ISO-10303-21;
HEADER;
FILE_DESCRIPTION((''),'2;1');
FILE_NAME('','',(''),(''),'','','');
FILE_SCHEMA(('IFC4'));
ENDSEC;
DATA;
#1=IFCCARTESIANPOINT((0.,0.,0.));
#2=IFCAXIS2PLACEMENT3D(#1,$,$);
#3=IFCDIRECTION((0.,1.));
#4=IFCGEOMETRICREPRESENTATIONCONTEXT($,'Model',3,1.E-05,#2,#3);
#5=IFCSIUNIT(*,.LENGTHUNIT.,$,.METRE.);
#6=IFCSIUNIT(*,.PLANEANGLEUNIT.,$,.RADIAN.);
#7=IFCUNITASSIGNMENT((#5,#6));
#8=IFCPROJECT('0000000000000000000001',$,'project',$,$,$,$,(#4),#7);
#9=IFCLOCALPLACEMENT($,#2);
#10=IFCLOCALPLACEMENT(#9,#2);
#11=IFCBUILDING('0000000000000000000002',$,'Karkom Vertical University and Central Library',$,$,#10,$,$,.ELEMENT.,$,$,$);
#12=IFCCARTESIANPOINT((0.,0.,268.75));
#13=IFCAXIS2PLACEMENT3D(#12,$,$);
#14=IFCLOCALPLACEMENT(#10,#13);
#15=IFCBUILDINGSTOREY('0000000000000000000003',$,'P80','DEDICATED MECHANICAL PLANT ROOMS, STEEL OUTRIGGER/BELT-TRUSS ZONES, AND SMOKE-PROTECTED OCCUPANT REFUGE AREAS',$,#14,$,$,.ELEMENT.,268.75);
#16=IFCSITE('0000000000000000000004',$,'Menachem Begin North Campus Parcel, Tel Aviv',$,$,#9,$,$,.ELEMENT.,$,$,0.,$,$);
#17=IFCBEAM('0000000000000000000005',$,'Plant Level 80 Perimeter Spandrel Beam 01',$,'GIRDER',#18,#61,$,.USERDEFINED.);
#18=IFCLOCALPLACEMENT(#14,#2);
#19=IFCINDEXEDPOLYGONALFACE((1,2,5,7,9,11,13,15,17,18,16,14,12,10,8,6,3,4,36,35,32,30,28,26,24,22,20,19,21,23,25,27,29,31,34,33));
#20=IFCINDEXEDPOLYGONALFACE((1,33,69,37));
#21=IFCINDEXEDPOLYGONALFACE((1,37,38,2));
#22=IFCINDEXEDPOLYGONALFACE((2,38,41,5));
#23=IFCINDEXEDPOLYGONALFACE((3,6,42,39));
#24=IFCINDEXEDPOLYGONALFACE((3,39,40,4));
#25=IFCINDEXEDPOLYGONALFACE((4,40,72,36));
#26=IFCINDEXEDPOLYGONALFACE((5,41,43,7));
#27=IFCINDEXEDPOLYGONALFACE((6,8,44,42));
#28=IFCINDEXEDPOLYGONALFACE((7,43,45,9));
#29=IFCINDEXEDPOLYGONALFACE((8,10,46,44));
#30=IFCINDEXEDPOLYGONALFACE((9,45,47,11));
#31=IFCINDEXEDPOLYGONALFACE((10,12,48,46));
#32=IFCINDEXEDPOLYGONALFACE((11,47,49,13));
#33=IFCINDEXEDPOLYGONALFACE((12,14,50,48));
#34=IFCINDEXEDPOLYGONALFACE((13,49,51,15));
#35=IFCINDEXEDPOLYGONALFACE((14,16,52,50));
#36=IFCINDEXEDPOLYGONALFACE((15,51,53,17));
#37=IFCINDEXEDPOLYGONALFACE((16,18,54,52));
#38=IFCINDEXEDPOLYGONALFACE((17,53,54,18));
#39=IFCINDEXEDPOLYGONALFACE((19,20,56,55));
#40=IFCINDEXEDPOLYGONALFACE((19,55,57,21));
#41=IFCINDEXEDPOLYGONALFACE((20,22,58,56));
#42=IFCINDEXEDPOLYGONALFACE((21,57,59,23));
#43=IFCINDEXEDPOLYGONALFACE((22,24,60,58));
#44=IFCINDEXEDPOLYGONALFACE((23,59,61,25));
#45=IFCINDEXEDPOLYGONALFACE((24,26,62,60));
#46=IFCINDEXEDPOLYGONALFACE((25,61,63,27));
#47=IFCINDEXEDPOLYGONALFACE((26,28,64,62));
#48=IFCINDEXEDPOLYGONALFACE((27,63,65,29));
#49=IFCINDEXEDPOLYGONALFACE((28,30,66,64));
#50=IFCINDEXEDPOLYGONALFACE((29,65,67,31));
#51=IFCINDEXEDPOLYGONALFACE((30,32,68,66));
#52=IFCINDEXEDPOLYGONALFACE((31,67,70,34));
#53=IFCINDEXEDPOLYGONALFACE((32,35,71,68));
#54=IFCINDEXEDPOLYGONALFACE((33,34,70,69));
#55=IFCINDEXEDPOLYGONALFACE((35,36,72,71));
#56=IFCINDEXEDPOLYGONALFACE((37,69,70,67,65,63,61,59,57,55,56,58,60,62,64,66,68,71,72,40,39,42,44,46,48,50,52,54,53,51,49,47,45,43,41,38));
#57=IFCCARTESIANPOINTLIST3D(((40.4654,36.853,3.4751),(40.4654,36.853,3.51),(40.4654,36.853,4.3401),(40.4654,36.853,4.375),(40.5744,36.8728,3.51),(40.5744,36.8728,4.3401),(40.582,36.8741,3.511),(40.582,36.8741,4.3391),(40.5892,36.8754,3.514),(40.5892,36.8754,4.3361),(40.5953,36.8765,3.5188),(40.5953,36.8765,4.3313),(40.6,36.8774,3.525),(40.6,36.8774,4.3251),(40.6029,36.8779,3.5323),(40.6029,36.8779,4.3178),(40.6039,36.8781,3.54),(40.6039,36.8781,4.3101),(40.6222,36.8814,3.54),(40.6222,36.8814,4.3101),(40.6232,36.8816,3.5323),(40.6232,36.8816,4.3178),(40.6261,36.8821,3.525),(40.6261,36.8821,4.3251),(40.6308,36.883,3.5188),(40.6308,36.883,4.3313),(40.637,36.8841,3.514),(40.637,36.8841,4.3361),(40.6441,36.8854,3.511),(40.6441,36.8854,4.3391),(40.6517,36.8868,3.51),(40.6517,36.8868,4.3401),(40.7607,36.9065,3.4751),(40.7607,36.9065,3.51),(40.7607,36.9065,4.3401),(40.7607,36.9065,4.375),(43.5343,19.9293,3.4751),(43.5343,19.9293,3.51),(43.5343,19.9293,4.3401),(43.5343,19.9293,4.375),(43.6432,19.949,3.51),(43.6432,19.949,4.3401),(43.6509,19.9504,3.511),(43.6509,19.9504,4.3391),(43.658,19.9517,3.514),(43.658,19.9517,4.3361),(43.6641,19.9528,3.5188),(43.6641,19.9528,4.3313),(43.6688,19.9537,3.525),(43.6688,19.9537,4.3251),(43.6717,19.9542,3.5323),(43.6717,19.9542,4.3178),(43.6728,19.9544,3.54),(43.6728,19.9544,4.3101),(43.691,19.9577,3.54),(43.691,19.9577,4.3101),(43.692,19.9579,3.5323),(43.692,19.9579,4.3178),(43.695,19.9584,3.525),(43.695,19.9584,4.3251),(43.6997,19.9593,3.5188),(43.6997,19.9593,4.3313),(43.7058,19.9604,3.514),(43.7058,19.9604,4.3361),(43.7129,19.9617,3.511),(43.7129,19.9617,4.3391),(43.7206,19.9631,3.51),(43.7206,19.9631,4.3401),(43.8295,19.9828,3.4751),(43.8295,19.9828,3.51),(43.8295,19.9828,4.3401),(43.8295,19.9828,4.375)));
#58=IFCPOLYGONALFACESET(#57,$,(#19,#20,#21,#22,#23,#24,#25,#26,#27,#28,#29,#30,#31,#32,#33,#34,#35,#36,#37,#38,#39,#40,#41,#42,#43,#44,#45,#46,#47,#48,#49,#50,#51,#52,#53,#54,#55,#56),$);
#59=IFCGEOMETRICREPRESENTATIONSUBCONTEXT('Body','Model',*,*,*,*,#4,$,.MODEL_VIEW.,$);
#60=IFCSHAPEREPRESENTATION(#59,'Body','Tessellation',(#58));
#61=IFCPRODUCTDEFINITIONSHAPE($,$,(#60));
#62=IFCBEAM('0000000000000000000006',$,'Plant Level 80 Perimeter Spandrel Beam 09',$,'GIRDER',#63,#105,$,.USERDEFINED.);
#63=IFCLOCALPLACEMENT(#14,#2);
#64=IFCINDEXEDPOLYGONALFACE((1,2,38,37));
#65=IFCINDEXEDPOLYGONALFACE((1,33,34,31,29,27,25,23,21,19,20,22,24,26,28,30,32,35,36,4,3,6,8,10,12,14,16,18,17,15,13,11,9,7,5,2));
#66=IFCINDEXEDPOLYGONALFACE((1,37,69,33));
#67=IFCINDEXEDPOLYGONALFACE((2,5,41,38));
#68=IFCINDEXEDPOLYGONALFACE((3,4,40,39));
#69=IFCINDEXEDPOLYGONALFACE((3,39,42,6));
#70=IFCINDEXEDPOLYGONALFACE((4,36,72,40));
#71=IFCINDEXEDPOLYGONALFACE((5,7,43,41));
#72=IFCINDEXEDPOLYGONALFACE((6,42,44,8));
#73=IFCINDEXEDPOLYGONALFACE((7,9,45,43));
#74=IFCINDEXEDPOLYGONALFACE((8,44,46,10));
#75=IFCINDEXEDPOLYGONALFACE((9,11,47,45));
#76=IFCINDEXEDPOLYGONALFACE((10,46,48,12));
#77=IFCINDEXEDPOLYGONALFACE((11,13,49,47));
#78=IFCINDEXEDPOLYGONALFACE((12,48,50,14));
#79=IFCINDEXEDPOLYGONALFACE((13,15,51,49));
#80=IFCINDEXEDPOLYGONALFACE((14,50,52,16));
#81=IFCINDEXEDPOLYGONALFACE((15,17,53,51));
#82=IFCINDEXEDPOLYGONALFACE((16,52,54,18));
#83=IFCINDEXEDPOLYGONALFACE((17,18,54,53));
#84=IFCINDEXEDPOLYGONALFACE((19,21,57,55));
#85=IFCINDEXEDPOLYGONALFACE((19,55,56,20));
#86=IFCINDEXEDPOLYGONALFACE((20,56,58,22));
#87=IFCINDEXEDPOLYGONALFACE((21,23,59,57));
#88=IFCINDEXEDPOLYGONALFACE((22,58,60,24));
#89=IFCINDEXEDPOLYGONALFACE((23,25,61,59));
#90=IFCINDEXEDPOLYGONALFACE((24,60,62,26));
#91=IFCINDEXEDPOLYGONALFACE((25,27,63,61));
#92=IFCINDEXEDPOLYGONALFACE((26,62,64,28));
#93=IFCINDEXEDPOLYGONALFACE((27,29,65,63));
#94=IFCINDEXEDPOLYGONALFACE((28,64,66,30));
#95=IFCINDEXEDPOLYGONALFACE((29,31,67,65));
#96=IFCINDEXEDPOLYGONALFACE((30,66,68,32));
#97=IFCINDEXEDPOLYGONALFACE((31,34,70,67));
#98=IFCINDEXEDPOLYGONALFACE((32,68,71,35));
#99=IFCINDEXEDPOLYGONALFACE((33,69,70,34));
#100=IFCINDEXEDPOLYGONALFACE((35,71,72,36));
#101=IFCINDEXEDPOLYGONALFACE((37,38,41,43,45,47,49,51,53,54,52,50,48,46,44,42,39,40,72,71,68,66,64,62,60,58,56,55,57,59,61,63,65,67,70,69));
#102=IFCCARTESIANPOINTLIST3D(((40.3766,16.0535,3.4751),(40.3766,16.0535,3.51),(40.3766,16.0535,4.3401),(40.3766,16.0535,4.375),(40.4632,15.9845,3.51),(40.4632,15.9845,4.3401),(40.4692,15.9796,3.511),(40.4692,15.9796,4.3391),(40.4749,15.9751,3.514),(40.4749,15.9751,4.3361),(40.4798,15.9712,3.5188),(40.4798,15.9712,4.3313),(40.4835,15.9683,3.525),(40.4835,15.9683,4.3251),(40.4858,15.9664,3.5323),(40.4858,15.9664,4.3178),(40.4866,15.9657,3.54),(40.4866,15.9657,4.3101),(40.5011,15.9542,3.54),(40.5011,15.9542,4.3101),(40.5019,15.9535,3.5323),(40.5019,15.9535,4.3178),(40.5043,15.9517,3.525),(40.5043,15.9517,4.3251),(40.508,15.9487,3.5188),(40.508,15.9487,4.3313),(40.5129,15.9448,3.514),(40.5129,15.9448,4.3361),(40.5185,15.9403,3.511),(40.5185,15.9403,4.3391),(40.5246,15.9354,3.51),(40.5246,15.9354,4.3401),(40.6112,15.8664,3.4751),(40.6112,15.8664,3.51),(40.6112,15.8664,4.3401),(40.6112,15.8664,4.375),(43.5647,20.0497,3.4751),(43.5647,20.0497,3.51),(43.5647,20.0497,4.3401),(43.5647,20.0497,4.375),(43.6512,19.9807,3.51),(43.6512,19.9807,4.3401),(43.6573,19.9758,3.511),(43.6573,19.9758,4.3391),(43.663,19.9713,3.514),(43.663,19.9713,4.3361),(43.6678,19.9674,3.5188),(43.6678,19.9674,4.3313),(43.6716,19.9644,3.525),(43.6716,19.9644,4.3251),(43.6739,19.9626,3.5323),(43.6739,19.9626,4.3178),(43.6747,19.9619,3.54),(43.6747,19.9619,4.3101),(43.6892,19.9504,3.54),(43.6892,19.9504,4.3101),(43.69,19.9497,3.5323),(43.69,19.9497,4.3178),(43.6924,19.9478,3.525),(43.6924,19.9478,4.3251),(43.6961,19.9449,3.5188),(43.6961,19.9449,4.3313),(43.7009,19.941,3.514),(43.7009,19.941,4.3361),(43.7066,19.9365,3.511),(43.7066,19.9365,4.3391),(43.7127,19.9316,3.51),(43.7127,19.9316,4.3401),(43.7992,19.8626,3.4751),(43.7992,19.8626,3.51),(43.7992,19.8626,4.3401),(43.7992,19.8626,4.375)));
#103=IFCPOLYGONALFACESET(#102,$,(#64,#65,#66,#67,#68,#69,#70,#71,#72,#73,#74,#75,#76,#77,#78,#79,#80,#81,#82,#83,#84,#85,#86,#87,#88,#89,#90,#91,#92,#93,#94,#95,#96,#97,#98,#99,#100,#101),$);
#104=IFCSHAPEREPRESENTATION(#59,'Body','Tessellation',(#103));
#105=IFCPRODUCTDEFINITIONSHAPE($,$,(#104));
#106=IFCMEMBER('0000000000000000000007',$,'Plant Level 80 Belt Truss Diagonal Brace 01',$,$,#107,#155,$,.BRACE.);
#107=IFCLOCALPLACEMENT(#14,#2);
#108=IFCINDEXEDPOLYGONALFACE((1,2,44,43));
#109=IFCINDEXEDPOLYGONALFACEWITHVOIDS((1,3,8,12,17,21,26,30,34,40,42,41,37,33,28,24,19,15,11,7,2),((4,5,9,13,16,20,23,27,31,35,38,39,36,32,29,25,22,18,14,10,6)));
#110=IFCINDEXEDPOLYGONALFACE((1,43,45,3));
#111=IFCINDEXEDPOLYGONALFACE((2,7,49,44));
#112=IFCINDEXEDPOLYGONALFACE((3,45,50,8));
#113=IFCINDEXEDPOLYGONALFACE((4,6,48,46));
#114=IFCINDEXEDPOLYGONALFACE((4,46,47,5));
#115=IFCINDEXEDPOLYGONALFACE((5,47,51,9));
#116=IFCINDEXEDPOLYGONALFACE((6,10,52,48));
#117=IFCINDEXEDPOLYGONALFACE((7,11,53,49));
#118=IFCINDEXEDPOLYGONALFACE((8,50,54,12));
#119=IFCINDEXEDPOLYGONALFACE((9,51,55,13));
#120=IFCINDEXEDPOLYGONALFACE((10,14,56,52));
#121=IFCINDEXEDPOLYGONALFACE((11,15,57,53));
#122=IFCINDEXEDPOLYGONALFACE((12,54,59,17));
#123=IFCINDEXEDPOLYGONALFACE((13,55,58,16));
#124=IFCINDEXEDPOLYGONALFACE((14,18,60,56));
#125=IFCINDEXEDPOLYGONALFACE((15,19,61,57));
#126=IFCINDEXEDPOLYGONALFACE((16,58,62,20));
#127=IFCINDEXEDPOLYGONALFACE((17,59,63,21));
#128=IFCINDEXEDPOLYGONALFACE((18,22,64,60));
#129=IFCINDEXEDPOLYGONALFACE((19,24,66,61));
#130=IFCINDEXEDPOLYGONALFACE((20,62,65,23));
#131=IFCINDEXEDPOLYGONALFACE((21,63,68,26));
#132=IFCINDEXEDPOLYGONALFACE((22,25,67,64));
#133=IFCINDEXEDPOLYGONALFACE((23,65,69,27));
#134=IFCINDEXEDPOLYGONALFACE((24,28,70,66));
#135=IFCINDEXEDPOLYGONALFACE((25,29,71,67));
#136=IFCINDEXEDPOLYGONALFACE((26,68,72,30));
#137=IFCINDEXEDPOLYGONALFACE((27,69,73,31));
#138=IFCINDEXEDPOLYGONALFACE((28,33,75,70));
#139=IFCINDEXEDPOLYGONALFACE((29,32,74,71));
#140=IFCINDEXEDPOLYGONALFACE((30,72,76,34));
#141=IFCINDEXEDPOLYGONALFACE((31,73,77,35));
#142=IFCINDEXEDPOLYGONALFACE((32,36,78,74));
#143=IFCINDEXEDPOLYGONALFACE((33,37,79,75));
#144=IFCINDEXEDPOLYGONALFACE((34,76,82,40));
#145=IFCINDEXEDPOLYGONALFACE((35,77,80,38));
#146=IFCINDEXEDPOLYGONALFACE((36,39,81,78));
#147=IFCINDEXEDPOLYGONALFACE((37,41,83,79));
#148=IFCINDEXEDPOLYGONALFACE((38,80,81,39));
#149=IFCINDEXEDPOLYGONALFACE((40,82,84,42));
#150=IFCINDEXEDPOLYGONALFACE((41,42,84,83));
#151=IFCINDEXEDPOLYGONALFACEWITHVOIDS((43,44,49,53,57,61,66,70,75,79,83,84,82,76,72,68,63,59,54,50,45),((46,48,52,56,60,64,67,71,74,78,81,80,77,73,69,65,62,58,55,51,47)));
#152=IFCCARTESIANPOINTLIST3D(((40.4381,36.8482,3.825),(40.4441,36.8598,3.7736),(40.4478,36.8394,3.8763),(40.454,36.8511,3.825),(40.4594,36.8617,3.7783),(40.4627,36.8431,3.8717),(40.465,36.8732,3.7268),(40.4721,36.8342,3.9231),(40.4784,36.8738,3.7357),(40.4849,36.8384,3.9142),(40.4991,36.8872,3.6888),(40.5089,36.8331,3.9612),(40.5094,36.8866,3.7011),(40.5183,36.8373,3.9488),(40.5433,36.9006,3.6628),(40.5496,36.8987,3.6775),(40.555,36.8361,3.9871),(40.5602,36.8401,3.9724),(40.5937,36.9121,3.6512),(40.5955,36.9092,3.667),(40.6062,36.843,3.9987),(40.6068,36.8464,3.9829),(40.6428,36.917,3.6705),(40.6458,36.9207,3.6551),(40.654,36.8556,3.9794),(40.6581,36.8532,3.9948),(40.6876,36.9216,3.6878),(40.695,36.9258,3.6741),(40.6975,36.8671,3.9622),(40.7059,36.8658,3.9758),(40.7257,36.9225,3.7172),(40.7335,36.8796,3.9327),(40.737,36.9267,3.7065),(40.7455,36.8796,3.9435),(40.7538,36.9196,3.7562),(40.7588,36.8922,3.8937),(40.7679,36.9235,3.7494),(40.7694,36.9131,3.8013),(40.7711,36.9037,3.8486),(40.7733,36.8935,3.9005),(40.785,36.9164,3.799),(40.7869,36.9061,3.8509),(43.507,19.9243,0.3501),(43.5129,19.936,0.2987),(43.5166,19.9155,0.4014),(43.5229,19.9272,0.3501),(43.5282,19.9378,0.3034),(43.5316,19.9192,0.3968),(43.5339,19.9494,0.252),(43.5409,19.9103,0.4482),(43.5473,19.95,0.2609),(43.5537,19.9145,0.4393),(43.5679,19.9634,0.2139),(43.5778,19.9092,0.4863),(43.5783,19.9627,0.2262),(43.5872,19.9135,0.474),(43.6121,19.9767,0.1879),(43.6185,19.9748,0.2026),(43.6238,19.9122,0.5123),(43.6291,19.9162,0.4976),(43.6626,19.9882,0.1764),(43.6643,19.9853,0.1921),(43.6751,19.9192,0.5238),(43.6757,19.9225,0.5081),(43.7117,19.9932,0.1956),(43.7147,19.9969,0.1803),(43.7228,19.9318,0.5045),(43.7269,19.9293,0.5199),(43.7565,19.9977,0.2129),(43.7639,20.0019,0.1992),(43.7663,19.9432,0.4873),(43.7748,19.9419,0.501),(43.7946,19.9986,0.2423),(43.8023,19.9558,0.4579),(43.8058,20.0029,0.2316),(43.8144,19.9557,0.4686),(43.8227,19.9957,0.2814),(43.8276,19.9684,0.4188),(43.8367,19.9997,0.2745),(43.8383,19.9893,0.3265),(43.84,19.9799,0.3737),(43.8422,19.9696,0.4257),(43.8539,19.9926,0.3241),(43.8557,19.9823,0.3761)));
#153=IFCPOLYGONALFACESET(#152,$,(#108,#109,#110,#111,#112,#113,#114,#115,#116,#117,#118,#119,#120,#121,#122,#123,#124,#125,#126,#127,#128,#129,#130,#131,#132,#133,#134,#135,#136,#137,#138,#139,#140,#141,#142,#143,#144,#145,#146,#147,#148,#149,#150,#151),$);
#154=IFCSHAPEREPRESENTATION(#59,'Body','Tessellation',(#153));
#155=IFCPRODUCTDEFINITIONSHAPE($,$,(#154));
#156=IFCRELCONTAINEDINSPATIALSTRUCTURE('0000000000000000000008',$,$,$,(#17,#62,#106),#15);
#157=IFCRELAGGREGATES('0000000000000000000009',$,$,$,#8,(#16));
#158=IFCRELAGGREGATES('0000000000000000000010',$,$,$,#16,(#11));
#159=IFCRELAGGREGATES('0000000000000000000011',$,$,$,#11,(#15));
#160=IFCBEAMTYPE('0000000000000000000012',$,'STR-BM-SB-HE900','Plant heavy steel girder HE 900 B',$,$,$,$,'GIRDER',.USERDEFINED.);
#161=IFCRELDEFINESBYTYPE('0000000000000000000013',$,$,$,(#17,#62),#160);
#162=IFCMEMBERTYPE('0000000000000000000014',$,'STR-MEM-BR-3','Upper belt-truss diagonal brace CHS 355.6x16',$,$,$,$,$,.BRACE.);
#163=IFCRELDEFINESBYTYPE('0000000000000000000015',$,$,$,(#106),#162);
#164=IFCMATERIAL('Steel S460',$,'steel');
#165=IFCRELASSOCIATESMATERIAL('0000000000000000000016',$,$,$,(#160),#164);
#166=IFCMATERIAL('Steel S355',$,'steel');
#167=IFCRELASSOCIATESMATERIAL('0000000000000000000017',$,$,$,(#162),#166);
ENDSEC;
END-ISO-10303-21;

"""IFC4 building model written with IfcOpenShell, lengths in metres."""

from ifc_helpers import new_model, si_unit, direction, frame, origin, origin_with_axes, origin_2d, place, context, subcontext, project, spatial, hollow_circle, i_section, extrude, source, transform, mapped, material, material_profile, profile_set, type_object, element, save


model = new_model("IFC4")

# Units and contexts
model_context = context("Model", 3, precision=1e-05, world=origin(), true_north=direction((0.0, 1.0)))
body_context = subcontext(model_context, "Body", "Model", "MODEL_VIEW")
ifc_project = project(units=[si_unit("LENGTHUNIT", "METRE"), si_unit("PLANEANGLEUNIT", "RADIAN")], contexts=[model_context])

# Site, building, storey
site_placement = place(None, origin())
site = spatial("IfcSite", under=ifc_project, at=site_placement, Name="Menachem Begin North Campus Parcel, Tel Aviv", CompositionType="ELEMENT", RefElevation=0.0)
building_placement = place(site_placement, origin())
building = spatial("IfcBuilding", under=site, at=building_placement, Name="Karkom Vertical University and Central Library", CompositionType="ELEMENT")
storey_placement = place(building_placement, frame((0.0, 0.0, 268.75)))
storey = spatial("IfcBuildingStorey", under=building, at=storey_placement, Name="P80", Description="DEDICATED MECHANICAL PLANT ROOMS, STEEL OUTRIGGER/BELT-TRUSS ZONES, AND SMOKE-PROTECTED OCCUPANT REFUGE AREAS", CompositionType="ELEMENT", Elevation=268.75)

# Beams
ifc_material_1 = material(Name="Steel S355", Category="steel")
ifc_material_2 = material(Name="Steel S460", Category="steel")
ifc_material_profile_1 = material_profile(ifc_material_2, i_section(OverallWidth=0.3, OverallDepth=0.8999, WebThickness=0.0186, FlangeThickness=0.0349, FilletRadius=0.03, at=origin_2d()), Name="HE 900 B")
ifc_profile_set_1 = profile_set([ifc_material_profile_1], Name="Steel S460")
beam_type_1 = type_object("IfcBeamType", Name="STR-BM-SB-HE900", Description="Plant heavy steel girder HE 900 B", ElementType="GIRDER", PredefinedType="USERDEFINED", material=ifc_profile_set_1)
shared_shape_1 = source(origin_with_axes(), body_context, "Body", "SweptSolid", [
    extrude(i_section(OverallWidth=0.3, OverallDepth=0.8999, WebThickness=0.0186, FlangeThickness=0.0349, FilletRadius=0.03, at=origin_2d()), origin(), (0.0, 0.0, 1.0), 17.1997),
])
beam_1_placement = place(storey_placement, frame((43.6819, 19.9561, 3.925), z_axis=(-0.178423, 0.983954, 0.0), x_axis=(-0.983954, -0.178423, 0.0)))
element("IfcBeam", 1, at=beam_1_placement, inside=storey, type_object=beam_type_1, Name="Plant Level 80 Perimeter Spandrel Beam 01", ObjectType="GIRDER", PredefinedType="USERDEFINED", context=body_context, shape_type="MappedRepresentation", body=[
    mapped(shared_shape_1, transform((0.0, 0.0, 0.0), scale=1.0)),
])
shared_shape_2 = source(origin_with_axes(), body_context, "Body", "SweptSolid", [
    extrude(i_section(OverallWidth=0.3, OverallDepth=0.8999, WebThickness=0.0186, FlangeThickness=0.0349, FilletRadius=0.03, at=origin_2d()), origin(), (0.0, 0.0, 1.0), 5.1121),
])
beam_2_placement = place(storey_placement, frame((40.4939, 15.96, 3.925), z_axis=(0.623634, 0.781716, 0.0), x_axis=(-0.781716, 0.623634, 0.0)))
element("IfcBeam", 2, at=beam_2_placement, inside=storey, type_object=beam_type_1, Name="Plant Level 80 Perimeter Spandrel Beam 09", ObjectType="GIRDER", PredefinedType="USERDEFINED", context=body_context, shape_type="MappedRepresentation", body=[
    mapped(shared_shape_2, transform((0.0, 0.0, 0.0), scale=1.0)),
])

# Member
ifc_material_profile_2 = material_profile(ifc_material_1, hollow_circle(Radius=0.1777, WallThickness=0.0161, at=origin_2d()), Name="CHS 355.6x16")
ifc_profile_set_2 = profile_set([ifc_material_profile_2], Name="Steel S355")
member_type_1 = type_object("IfcMemberType", Name="STR-MEM-BR-3", Description="Upper belt-truss diagonal brace CHS 355.6x16", PredefinedType="BRACE", material=ifc_profile_set_2)
shared_shape_3 = source(origin_with_axes(), body_context, "Body", "SweptSolid", [
    extrude(hollow_circle(Radius=0.1777, WallThickness=0.0161, at=origin_2d()), origin(), (0.0, 0.0, 1.0), 17.5474),
])
member_1_placement = place(storey_placement, frame((43.6819, 19.9561, 0.3501), z_axis=(-0.17489, 0.964468, 0.198028), x_axis=(-0.983954, -0.178423, 0.0)))
element("IfcMember", 3, at=member_1_placement, inside=storey, type_object=member_type_1, Name="Plant Level 80 Belt Truss Diagonal Brace 01", PredefinedType="BRACE", context=body_context, shape_type="MappedRepresentation", body=[
    mapped(shared_shape_3, transform((0.0, 0.0, 0.0), scale=1.0)),
])

save(model, "model.ifc")
